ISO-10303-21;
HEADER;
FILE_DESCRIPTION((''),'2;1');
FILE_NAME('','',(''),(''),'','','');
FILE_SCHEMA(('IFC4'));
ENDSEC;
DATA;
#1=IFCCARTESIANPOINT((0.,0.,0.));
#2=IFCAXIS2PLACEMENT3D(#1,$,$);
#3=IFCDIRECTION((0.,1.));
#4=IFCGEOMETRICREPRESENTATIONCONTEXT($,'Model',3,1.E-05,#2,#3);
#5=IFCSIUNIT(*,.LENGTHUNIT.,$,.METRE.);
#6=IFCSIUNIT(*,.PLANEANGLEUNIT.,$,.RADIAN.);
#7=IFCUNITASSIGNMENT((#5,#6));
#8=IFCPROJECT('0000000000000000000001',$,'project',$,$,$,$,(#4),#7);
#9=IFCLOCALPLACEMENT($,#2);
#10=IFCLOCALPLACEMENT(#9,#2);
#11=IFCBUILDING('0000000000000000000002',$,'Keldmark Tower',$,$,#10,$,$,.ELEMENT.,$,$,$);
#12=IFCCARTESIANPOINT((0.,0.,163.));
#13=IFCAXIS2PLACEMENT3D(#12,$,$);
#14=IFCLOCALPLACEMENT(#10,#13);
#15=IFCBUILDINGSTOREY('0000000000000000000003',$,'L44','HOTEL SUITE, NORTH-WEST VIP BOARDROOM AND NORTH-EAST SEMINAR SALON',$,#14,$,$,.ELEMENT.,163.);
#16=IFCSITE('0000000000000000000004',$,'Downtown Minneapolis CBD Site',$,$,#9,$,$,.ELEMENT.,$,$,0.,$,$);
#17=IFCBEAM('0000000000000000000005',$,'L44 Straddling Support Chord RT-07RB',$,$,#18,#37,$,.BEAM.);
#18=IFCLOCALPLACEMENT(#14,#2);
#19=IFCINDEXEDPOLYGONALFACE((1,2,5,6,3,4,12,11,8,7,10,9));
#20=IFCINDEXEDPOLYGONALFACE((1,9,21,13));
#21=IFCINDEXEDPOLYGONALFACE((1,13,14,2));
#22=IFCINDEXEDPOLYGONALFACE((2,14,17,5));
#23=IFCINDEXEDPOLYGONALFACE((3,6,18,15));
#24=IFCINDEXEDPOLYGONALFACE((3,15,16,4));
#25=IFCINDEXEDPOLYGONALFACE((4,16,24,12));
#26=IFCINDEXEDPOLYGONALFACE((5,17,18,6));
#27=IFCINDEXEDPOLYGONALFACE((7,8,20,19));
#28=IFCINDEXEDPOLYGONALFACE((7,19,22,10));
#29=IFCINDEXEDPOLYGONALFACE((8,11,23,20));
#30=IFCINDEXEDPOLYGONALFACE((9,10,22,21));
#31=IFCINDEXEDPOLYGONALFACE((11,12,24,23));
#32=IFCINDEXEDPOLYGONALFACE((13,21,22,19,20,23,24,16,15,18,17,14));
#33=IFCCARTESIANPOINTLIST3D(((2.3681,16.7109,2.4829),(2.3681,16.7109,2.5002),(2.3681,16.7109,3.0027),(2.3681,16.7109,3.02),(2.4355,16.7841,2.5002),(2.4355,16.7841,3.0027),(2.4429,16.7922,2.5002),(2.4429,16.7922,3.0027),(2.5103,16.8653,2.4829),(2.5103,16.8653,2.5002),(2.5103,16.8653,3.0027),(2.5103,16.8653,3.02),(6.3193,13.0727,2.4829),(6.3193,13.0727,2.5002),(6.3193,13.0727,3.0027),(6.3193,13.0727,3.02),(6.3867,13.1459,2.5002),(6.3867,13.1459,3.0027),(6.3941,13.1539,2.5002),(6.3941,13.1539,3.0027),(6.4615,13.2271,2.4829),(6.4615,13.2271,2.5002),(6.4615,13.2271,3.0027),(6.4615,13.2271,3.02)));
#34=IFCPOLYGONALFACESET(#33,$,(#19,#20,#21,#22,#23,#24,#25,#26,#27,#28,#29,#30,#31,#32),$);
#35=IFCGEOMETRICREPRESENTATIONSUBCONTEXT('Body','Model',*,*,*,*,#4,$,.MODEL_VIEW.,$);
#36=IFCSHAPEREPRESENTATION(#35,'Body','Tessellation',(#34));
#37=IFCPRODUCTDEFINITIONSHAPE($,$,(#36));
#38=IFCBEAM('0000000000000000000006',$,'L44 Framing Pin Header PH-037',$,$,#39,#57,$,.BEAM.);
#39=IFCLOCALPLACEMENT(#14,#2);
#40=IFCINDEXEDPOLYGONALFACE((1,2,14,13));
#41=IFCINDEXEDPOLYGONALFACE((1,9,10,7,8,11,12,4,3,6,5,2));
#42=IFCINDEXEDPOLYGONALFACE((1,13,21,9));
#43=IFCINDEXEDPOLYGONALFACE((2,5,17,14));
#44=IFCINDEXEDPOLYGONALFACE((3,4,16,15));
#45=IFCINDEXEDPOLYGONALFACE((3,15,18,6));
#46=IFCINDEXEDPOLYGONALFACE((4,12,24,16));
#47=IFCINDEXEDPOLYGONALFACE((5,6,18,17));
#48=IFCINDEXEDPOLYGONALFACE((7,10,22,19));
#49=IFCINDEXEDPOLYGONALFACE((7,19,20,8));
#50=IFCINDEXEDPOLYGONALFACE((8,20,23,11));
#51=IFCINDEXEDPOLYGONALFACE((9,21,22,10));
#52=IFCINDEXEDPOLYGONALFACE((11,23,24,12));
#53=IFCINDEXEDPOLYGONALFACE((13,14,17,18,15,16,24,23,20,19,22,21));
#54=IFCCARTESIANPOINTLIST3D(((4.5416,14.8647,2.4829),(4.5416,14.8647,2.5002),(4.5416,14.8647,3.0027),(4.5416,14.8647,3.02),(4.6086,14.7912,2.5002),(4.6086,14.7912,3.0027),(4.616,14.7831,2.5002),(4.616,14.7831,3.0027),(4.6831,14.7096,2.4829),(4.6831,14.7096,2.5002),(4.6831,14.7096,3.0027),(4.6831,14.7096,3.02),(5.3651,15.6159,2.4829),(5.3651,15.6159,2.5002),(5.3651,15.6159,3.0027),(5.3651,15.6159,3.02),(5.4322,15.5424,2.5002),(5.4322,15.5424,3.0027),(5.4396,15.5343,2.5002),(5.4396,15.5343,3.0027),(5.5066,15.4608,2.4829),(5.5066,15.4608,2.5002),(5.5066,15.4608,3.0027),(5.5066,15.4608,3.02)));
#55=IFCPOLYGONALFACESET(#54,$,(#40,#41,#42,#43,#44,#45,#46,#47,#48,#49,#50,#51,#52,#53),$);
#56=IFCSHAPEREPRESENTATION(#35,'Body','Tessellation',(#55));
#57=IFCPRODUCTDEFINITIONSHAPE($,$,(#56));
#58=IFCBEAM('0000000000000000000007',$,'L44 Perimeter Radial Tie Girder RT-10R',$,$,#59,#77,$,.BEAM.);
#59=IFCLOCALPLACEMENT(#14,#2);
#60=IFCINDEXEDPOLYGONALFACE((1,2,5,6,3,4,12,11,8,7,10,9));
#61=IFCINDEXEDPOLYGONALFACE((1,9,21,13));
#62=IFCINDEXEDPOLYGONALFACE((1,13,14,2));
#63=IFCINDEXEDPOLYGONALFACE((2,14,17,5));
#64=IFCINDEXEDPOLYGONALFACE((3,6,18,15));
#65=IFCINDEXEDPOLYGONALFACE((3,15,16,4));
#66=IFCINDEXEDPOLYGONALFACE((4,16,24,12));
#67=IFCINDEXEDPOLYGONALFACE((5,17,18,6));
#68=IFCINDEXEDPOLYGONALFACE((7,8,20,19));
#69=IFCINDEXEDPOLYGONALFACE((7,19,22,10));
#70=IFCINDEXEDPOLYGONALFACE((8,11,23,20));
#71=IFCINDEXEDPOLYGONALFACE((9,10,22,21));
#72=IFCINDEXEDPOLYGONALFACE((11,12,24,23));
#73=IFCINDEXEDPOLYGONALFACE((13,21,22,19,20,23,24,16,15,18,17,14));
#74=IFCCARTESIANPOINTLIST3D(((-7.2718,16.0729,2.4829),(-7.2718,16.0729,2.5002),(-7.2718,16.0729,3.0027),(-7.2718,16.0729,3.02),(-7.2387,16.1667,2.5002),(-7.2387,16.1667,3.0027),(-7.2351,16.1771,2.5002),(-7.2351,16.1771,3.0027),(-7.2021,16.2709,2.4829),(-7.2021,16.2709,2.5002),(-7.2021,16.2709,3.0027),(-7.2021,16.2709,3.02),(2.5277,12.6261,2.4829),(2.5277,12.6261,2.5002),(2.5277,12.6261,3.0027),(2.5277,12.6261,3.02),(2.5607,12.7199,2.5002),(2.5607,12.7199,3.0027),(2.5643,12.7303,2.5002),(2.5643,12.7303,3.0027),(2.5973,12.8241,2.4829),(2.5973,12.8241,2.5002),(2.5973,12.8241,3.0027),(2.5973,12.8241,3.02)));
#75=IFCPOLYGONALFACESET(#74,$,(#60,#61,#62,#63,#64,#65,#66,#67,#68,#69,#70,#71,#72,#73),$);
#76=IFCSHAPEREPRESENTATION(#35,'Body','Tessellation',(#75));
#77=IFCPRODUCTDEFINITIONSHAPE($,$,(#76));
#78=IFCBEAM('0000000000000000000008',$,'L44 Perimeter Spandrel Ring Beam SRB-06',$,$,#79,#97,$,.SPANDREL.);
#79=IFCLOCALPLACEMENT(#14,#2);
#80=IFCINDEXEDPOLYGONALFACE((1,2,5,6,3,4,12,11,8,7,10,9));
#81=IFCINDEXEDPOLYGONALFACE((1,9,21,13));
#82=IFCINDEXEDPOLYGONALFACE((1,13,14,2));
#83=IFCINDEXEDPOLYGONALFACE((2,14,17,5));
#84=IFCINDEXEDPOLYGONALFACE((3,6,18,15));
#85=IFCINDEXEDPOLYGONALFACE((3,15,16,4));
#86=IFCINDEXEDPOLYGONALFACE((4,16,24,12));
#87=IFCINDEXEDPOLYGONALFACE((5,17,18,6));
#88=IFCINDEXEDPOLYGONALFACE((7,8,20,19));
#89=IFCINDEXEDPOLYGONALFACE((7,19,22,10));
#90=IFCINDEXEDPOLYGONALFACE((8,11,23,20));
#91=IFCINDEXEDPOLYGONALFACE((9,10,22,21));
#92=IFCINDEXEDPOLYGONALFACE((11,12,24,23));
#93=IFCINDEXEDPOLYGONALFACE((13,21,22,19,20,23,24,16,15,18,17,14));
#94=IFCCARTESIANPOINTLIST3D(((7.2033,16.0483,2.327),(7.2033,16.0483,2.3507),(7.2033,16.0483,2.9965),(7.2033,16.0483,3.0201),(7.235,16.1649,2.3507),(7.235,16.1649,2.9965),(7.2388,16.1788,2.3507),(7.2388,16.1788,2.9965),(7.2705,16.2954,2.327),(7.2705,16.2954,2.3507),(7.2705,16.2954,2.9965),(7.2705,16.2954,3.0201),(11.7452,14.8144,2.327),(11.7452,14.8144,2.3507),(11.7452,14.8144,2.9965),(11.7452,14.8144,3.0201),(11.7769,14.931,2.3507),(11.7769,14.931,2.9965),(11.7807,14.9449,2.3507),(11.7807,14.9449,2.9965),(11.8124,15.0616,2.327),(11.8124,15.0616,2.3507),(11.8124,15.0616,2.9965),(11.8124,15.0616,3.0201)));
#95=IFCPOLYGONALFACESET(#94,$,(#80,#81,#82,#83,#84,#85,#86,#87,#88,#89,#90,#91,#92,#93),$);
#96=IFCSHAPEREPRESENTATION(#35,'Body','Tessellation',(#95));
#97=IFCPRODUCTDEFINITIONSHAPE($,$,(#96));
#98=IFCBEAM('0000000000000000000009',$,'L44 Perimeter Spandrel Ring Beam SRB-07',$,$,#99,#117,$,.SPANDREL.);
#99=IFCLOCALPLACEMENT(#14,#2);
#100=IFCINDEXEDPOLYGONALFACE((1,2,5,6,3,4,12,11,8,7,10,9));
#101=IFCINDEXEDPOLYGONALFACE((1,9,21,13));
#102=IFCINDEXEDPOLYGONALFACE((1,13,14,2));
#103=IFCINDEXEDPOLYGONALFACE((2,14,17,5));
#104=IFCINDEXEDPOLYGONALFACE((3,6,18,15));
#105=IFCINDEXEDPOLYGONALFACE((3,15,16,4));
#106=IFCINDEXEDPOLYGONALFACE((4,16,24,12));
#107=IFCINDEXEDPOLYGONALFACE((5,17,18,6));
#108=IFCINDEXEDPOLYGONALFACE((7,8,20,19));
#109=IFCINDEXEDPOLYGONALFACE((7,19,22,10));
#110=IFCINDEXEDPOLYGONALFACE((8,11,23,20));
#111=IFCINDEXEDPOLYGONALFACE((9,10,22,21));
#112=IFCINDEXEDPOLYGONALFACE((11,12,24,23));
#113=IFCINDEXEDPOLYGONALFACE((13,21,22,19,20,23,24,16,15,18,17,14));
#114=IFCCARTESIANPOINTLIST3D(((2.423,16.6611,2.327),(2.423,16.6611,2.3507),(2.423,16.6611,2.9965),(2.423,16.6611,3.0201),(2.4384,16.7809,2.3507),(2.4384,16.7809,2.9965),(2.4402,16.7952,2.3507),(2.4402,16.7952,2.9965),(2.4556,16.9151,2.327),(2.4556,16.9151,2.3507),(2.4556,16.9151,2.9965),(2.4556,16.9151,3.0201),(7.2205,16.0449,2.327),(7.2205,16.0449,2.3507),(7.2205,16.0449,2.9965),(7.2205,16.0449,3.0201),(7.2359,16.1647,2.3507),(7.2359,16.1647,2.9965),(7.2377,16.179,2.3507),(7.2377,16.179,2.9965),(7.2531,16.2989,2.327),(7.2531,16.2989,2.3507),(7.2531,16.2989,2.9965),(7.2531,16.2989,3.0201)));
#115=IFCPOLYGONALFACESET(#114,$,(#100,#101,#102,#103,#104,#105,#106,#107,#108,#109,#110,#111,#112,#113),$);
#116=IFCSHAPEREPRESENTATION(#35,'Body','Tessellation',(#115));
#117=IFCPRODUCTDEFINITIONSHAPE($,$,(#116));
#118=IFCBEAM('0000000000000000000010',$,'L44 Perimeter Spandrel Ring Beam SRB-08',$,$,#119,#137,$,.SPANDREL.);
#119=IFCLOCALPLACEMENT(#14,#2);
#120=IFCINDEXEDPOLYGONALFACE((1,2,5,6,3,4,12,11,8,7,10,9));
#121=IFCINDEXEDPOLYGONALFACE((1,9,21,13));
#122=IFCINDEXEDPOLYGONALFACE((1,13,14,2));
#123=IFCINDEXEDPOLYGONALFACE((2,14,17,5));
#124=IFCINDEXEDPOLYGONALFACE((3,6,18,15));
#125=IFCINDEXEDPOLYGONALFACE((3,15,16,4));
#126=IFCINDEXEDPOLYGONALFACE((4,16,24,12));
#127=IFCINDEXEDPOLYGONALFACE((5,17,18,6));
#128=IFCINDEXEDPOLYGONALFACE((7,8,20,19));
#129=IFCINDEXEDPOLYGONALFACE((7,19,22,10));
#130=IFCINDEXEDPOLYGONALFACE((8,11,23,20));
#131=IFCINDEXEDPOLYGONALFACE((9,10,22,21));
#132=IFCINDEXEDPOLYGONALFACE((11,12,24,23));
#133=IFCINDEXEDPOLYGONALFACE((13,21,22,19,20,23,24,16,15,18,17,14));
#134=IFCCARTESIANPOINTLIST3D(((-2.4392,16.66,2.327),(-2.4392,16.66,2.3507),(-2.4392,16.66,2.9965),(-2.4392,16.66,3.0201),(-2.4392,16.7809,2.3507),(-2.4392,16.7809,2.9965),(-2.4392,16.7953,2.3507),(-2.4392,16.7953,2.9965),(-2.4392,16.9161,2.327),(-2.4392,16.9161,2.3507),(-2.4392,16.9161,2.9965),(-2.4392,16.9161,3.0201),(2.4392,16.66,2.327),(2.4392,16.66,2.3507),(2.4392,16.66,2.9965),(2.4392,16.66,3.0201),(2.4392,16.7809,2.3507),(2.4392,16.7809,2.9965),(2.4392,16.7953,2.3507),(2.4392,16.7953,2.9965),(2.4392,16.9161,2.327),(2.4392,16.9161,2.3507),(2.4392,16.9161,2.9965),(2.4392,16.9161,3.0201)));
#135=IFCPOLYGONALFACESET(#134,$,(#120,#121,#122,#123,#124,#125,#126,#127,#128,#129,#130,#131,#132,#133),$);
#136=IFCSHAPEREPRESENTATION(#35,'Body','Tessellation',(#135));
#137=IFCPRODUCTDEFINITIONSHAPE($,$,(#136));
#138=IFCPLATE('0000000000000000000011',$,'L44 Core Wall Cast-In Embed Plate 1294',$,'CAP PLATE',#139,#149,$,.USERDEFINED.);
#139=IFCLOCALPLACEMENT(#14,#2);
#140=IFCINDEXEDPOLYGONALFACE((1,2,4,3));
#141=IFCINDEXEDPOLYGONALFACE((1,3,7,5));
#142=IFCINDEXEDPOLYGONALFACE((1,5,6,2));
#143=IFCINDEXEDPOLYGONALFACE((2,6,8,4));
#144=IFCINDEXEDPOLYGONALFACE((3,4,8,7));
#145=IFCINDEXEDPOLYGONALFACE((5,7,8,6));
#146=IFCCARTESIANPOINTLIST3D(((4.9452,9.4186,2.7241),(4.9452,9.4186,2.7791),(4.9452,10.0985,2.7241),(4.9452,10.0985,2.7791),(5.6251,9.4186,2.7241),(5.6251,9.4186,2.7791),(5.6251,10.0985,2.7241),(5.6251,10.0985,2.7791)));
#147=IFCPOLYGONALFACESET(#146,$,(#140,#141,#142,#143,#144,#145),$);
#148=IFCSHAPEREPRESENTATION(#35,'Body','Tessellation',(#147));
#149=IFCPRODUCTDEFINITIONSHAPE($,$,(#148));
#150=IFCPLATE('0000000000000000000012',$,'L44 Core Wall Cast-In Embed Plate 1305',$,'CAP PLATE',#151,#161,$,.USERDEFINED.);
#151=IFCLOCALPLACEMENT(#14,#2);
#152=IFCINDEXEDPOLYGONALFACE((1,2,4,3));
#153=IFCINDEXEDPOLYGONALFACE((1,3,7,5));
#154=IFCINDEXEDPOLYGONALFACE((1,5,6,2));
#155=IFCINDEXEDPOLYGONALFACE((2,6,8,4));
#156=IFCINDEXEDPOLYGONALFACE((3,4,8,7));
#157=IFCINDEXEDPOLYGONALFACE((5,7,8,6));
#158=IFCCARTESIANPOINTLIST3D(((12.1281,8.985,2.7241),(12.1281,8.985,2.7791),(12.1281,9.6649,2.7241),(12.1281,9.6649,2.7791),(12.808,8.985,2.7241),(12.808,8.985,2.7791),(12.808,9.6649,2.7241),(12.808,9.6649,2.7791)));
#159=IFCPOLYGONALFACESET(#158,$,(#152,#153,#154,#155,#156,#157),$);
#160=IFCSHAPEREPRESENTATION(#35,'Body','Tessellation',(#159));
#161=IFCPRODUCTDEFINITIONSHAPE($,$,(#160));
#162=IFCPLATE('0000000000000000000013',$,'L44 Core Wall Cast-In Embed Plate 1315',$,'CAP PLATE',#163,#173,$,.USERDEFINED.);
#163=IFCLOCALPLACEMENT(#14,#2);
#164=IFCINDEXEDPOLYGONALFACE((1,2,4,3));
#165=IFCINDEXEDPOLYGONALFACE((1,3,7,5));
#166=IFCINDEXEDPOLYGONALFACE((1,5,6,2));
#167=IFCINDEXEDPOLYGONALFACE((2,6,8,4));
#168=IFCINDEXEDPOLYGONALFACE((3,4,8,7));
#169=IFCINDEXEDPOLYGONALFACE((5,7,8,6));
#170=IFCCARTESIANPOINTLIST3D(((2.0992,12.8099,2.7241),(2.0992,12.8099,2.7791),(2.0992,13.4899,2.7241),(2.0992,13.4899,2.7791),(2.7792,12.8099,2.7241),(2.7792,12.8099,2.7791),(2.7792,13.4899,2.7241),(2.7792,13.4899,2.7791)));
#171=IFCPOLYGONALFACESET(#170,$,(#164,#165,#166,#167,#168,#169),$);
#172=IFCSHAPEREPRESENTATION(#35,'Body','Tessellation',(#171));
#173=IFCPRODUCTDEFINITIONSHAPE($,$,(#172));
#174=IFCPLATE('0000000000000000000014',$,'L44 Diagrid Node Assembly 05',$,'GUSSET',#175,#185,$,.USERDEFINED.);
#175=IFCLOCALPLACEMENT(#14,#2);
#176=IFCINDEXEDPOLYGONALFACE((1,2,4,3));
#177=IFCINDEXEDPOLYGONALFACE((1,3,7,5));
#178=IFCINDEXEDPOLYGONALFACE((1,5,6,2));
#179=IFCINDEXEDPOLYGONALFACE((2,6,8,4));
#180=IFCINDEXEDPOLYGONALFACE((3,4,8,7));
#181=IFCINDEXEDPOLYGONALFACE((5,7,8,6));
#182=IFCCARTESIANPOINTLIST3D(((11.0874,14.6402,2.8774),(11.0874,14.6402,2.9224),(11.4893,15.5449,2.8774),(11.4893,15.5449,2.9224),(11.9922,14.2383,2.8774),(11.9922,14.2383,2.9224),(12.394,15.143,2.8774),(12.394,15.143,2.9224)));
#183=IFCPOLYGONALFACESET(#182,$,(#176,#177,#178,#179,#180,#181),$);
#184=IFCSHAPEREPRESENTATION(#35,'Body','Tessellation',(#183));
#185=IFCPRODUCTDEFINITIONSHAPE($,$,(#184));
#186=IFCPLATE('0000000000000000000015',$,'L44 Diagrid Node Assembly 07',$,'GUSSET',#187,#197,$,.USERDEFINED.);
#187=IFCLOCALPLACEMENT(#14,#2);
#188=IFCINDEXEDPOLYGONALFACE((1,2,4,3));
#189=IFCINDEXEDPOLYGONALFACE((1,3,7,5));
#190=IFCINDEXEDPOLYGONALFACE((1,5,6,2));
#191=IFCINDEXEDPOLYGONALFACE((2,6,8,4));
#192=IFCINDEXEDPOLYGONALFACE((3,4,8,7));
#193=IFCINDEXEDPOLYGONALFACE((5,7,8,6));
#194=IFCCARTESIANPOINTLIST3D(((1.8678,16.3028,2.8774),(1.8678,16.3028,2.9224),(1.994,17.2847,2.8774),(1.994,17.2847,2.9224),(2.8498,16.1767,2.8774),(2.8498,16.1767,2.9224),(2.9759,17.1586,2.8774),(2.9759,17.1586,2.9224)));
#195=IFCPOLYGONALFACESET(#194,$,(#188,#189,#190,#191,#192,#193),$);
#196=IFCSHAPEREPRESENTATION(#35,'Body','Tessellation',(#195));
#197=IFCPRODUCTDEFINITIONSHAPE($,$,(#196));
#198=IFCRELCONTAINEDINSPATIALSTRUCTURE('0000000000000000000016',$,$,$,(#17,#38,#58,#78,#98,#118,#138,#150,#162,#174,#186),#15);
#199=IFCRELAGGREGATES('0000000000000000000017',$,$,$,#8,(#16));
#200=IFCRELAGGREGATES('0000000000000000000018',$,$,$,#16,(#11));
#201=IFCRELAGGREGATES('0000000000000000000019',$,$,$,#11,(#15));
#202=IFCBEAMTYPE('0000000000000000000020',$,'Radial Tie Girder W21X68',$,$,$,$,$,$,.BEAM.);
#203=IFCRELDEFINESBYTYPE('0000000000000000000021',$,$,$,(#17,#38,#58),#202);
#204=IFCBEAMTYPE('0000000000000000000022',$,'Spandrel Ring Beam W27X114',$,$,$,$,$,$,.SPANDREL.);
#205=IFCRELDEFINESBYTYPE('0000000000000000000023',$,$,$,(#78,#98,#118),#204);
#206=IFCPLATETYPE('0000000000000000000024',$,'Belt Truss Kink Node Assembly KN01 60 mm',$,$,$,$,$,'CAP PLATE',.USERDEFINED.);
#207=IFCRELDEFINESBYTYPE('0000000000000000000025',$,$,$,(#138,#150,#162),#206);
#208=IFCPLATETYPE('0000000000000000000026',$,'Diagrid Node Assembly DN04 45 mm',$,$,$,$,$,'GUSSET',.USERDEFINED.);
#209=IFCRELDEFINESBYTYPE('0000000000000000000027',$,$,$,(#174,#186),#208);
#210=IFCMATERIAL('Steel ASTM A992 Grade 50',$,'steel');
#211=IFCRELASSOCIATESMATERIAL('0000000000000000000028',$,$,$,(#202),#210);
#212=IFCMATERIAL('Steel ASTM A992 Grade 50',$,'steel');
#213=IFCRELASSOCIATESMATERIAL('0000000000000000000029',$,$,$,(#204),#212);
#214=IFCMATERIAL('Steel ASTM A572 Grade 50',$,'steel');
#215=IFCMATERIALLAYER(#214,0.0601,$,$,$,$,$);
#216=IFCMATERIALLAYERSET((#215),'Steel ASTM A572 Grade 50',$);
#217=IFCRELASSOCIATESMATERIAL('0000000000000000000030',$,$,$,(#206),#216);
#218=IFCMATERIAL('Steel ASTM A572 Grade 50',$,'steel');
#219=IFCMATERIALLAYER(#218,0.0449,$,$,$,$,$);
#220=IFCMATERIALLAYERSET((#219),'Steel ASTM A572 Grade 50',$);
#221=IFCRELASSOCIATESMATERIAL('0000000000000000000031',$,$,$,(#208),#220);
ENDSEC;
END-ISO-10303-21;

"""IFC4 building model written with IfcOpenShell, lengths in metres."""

from ifc_helpers import new_model, si_unit, direction, frame, origin, origin_2d, place, context, subcontext, project, spatial, rectangle, i_section, extrude, material, layer, layer_set, material_profile, profile_set, type_object, element, save


model = new_model("IFC4")

# Units and contexts
model_context = context("Model", 3, precision=1e-05, world=origin(), true_north=direction((0.0, 1.0)))
body_context = subcontext(model_context, "Body", "Model", "MODEL_VIEW")
ifc_project = project(units=[si_unit("LENGTHUNIT", "METRE"), si_unit("PLANEANGLEUNIT", "RADIAN")], contexts=[model_context])

# Site, building, storey
site_placement = place(None, origin())
site = spatial("IfcSite", under=ifc_project, at=site_placement, Name="Downtown Minneapolis CBD Site", CompositionType="ELEMENT", RefElevation=0.0)
building_placement = place(site_placement, origin())
building = spatial("IfcBuilding", under=site, at=building_placement, Name="Keldmark Tower", CompositionType="ELEMENT")
storey_placement = place(building_placement, frame((0.0, 0.0, 163.0)))
storey = spatial("IfcBuildingStorey", under=building, at=storey_placement, Name="L44", Description="HOTEL SUITE, NORTH-WEST VIP BOARDROOM AND NORTH-EAST SEMINAR SALON", CompositionType="ELEMENT", Elevation=163.0)

# Beams
ifc_material_1 = material(Name="Steel ASTM A992 Grade 50", Category="steel")
ifc_material_profile_1 = material_profile(ifc_material_1, i_section(OverallWidth=0.21, OverallDepth=0.5371, WebThickness=0.011, FlangeThickness=0.0173, at=origin_2d()), Name="W21X68")
ifc_profile_set_1 = profile_set([ifc_material_profile_1], Name="Steel ASTM A992 Grade 50")
beam_type_1 = type_object("IfcBeamType", Name="Radial Tie Girder W21X68", PredefinedType="BEAM", material=ifc_profile_set_1)
beam_1_placement = place(storey_placement, frame((6.3904, 13.1499, 2.7515), z_axis=(-0.735643, 0.67737, 0.0), x_axis=(-0.67737, -0.735643, 0.0)))
element("IfcBeam", 1, at=beam_1_placement, inside=storey, type_object=beam_type_1, Name="L44 Straddling Support Chord RT-07RB", PredefinedType="BEAM", context=body_context, shape_type="SweptSolid", body=[
    extrude(i_section(OverallWidth=0.21, OverallDepth=0.5371, WebThickness=0.011, FlangeThickness=0.0173, at=origin_2d()), origin(), (0.0, 0.0, 1.0), 5.3711),
])
beam_2_placement = place(storey_placement, frame((4.6123, 14.7871, 2.7515), z_axis=(0.738779, 0.673947, 0.0), x_axis=(-0.673947, 0.738779, 0.0)))
element("IfcBeam", 2, at=beam_2_placement, inside=storey, type_object=beam_type_1, Name="L44 Framing Pin Header PH-037", PredefinedType="BEAM", context=body_context, shape_type="SweptSolid", body=[
    extrude(i_section(OverallWidth=0.21, OverallDepth=0.5371, WebThickness=0.011, FlangeThickness=0.0173, at=origin_2d()), origin(), (0.0, 0.0, 1.0), 1.1147),
])
beam_3_placement = place(storey_placement, frame((2.5625, 12.7251, 2.7515), z_axis=(-0.943346, 0.331809, 0.0), x_axis=(-0.331809, -0.943346, 0.0)))
element("IfcBeam", 3, at=beam_3_placement, inside=storey, type_object=beam_type_1, Name="L44 Perimeter Radial Tie Girder RT-10R", PredefinedType="BEAM", context=body_context, shape_type="SweptSolid", body=[
    extrude(i_section(OverallWidth=0.21, OverallDepth=0.5371, WebThickness=0.011, FlangeThickness=0.0173, at=origin_2d()), origin(), (0.0, 0.0, 1.0), 10.3879),
])
ifc_material_2 = material(Name="Steel ASTM A992 Grade 50", Category="steel")
ifc_material_profile_2 = material_profile(ifc_material_2, i_section(OverallWidth=0.2561, OverallDepth=0.6931, WebThickness=0.0144, FlangeThickness=0.0237, at=origin_2d()), Name="W27X114")
ifc_profile_set_2 = profile_set([ifc_material_profile_2], Name="Steel ASTM A992 Grade 50")
beam_type_2 = type_object("IfcBeamType", Name="Spandrel Ring Beam W27X114", PredefinedType="SPANDREL", material=ifc_profile_set_2)
beam_4_placement = place(storey_placement, frame((11.7788, 14.938, 2.6736), z_axis=(-0.965024, 0.26216, 0.0), x_axis=(-0.26216, -0.965024, 0.0)))
element("IfcBeam", 4, at=beam_4_placement, inside=storey, type_object=beam_type_2, Name="L44 Perimeter Spandrel Ring Beam SRB-06", PredefinedType="SPANDREL", context=body_context, shape_type="SweptSolid", body=[
    extrude(i_section(OverallWidth=0.2561, OverallDepth=0.6931, WebThickness=0.0144, FlangeThickness=0.0237, at=origin_2d()), origin(), (0.0, 0.0, 1.0), 4.7065),
])
beam_5_placement = place(storey_placement, frame((7.2368, 16.1719, 2.6736), z_axis=(-0.991852, 0.127395, 0.0), x_axis=(-0.127395, -0.991852, 0.0)))
element("IfcBeam", 5, at=beam_5_placement, inside=storey, type_object=beam_type_2, Name="L44 Perimeter Spandrel Ring Beam SRB-07", PredefinedType="SPANDREL", context=body_context, shape_type="SweptSolid", body=[
    extrude(i_section(OverallWidth=0.2561, OverallDepth=0.6931, WebThickness=0.0144, FlangeThickness=0.0237, at=origin_2d()), origin(), (0.0, 0.0, 1.0), 4.8369),
])
beam_6_placement = place(storey_placement, frame((2.4392, 16.7881, 2.6736), z_axis=(-1.0, 0.0, 0.0), x_axis=(0.0, -1.0, 0.0)))
element("IfcBeam", 6, at=beam_6_placement, inside=storey, type_object=beam_type_2, Name="L44 Perimeter Spandrel Ring Beam SRB-08", PredefinedType="SPANDREL", context=body_context, shape_type="SweptSolid", body=[
    extrude(i_section(OverallWidth=0.2561, OverallDepth=0.6931, WebThickness=0.0144, FlangeThickness=0.0237, at=origin_2d()), origin(), (0.0, 0.0, 1.0), 4.8784),
])

# Plates
ifc_material_3 = material(Name="Steel ASTM A572 Grade 50", Category="steel")
ifc_layer_1 = layer(ifc_material_3, 0.0601)
ifc_layer_set_1 = layer_set([ifc_layer_1], Name="Steel ASTM A572 Grade 50")
plate_type_1 = type_object("IfcPlateType", Name="Belt Truss Kink Node Assembly KN01 60 mm", ElementType="CAP PLATE", PredefinedType="USERDEFINED", material=ifc_layer_set_1)
for number, where, z_axis, x_axis, name in (
    (7, (5.2852, 9.7585, 2.7241), (0.0, 0.0, 1.0), (1.0, 0.0, 0.0), "L44 Core Wall Cast-In Embed Plate 1294"),
    (8, (12.468, 9.325, 2.7241), (0.0, 0.0, 1.0), (1.0, 0.0, 0.0), "L44 Core Wall Cast-In Embed Plate 1305"),
    (9, (2.4392, 13.1499, 2.7241), (0.0, 0.0, 1.0), (1.0, 0.0, 0.0), "L44 Core Wall Cast-In Embed Plate 1315"),
):
    element("IfcPlate", number, at=place(storey_placement, frame(where, z_axis=z_axis, x_axis=x_axis)), inside=storey, type_object=plate_type_1, Name=name, ObjectType="CAP PLATE", PredefinedType="USERDEFINED", context=body_context, shape_type="SweptSolid", body=[
        extrude(rectangle(XDim=0.6799, YDim=0.6799, at=origin_2d()), origin(), (0.0, 0.0, 1.0), 0.0549),
    ])
ifc_material_4 = material(Name="Steel ASTM A572 Grade 50", Category="steel")
ifc_layer_2 = layer(ifc_material_4, 0.0449)
ifc_layer_set_2 = layer_set([ifc_layer_2], Name="Steel ASTM A572 Grade 50")
plate_type_2 = type_object("IfcPlateType", Name="Diagrid Node Assembly DN04 45 mm", ElementType="GUSSET", PredefinedType="USERDEFINED", material=ifc_layer_set_2)
for number, where, z_axis, x_axis, name in (
    (10, (11.7407, 14.8916, 2.8774), (0.0, 0.0, 1.0), (-0.9139, 0.405939, 0.0), "L44 Diagrid Node Assembly 05"),
    (11, (2.4219, 16.7307, 2.8774), (0.0, 0.0, 1.0), (-0.99185, 0.127411, 0.0), "L44 Diagrid Node Assembly 07"),
):
    element("IfcPlate", number, at=place(storey_placement, frame(where, z_axis=z_axis, x_axis=x_axis)), inside=storey, type_object=plate_type_2, Name=name, ObjectType="GUSSET", PredefinedType="USERDEFINED", context=body_context, shape_type="SweptSolid", body=[
        extrude(rectangle(XDim=0.99, YDim=0.99, at=origin_2d()), origin(), (0.0, 0.0, 1.0), 0.0449),
    ])

save(model, "model.ifc")
